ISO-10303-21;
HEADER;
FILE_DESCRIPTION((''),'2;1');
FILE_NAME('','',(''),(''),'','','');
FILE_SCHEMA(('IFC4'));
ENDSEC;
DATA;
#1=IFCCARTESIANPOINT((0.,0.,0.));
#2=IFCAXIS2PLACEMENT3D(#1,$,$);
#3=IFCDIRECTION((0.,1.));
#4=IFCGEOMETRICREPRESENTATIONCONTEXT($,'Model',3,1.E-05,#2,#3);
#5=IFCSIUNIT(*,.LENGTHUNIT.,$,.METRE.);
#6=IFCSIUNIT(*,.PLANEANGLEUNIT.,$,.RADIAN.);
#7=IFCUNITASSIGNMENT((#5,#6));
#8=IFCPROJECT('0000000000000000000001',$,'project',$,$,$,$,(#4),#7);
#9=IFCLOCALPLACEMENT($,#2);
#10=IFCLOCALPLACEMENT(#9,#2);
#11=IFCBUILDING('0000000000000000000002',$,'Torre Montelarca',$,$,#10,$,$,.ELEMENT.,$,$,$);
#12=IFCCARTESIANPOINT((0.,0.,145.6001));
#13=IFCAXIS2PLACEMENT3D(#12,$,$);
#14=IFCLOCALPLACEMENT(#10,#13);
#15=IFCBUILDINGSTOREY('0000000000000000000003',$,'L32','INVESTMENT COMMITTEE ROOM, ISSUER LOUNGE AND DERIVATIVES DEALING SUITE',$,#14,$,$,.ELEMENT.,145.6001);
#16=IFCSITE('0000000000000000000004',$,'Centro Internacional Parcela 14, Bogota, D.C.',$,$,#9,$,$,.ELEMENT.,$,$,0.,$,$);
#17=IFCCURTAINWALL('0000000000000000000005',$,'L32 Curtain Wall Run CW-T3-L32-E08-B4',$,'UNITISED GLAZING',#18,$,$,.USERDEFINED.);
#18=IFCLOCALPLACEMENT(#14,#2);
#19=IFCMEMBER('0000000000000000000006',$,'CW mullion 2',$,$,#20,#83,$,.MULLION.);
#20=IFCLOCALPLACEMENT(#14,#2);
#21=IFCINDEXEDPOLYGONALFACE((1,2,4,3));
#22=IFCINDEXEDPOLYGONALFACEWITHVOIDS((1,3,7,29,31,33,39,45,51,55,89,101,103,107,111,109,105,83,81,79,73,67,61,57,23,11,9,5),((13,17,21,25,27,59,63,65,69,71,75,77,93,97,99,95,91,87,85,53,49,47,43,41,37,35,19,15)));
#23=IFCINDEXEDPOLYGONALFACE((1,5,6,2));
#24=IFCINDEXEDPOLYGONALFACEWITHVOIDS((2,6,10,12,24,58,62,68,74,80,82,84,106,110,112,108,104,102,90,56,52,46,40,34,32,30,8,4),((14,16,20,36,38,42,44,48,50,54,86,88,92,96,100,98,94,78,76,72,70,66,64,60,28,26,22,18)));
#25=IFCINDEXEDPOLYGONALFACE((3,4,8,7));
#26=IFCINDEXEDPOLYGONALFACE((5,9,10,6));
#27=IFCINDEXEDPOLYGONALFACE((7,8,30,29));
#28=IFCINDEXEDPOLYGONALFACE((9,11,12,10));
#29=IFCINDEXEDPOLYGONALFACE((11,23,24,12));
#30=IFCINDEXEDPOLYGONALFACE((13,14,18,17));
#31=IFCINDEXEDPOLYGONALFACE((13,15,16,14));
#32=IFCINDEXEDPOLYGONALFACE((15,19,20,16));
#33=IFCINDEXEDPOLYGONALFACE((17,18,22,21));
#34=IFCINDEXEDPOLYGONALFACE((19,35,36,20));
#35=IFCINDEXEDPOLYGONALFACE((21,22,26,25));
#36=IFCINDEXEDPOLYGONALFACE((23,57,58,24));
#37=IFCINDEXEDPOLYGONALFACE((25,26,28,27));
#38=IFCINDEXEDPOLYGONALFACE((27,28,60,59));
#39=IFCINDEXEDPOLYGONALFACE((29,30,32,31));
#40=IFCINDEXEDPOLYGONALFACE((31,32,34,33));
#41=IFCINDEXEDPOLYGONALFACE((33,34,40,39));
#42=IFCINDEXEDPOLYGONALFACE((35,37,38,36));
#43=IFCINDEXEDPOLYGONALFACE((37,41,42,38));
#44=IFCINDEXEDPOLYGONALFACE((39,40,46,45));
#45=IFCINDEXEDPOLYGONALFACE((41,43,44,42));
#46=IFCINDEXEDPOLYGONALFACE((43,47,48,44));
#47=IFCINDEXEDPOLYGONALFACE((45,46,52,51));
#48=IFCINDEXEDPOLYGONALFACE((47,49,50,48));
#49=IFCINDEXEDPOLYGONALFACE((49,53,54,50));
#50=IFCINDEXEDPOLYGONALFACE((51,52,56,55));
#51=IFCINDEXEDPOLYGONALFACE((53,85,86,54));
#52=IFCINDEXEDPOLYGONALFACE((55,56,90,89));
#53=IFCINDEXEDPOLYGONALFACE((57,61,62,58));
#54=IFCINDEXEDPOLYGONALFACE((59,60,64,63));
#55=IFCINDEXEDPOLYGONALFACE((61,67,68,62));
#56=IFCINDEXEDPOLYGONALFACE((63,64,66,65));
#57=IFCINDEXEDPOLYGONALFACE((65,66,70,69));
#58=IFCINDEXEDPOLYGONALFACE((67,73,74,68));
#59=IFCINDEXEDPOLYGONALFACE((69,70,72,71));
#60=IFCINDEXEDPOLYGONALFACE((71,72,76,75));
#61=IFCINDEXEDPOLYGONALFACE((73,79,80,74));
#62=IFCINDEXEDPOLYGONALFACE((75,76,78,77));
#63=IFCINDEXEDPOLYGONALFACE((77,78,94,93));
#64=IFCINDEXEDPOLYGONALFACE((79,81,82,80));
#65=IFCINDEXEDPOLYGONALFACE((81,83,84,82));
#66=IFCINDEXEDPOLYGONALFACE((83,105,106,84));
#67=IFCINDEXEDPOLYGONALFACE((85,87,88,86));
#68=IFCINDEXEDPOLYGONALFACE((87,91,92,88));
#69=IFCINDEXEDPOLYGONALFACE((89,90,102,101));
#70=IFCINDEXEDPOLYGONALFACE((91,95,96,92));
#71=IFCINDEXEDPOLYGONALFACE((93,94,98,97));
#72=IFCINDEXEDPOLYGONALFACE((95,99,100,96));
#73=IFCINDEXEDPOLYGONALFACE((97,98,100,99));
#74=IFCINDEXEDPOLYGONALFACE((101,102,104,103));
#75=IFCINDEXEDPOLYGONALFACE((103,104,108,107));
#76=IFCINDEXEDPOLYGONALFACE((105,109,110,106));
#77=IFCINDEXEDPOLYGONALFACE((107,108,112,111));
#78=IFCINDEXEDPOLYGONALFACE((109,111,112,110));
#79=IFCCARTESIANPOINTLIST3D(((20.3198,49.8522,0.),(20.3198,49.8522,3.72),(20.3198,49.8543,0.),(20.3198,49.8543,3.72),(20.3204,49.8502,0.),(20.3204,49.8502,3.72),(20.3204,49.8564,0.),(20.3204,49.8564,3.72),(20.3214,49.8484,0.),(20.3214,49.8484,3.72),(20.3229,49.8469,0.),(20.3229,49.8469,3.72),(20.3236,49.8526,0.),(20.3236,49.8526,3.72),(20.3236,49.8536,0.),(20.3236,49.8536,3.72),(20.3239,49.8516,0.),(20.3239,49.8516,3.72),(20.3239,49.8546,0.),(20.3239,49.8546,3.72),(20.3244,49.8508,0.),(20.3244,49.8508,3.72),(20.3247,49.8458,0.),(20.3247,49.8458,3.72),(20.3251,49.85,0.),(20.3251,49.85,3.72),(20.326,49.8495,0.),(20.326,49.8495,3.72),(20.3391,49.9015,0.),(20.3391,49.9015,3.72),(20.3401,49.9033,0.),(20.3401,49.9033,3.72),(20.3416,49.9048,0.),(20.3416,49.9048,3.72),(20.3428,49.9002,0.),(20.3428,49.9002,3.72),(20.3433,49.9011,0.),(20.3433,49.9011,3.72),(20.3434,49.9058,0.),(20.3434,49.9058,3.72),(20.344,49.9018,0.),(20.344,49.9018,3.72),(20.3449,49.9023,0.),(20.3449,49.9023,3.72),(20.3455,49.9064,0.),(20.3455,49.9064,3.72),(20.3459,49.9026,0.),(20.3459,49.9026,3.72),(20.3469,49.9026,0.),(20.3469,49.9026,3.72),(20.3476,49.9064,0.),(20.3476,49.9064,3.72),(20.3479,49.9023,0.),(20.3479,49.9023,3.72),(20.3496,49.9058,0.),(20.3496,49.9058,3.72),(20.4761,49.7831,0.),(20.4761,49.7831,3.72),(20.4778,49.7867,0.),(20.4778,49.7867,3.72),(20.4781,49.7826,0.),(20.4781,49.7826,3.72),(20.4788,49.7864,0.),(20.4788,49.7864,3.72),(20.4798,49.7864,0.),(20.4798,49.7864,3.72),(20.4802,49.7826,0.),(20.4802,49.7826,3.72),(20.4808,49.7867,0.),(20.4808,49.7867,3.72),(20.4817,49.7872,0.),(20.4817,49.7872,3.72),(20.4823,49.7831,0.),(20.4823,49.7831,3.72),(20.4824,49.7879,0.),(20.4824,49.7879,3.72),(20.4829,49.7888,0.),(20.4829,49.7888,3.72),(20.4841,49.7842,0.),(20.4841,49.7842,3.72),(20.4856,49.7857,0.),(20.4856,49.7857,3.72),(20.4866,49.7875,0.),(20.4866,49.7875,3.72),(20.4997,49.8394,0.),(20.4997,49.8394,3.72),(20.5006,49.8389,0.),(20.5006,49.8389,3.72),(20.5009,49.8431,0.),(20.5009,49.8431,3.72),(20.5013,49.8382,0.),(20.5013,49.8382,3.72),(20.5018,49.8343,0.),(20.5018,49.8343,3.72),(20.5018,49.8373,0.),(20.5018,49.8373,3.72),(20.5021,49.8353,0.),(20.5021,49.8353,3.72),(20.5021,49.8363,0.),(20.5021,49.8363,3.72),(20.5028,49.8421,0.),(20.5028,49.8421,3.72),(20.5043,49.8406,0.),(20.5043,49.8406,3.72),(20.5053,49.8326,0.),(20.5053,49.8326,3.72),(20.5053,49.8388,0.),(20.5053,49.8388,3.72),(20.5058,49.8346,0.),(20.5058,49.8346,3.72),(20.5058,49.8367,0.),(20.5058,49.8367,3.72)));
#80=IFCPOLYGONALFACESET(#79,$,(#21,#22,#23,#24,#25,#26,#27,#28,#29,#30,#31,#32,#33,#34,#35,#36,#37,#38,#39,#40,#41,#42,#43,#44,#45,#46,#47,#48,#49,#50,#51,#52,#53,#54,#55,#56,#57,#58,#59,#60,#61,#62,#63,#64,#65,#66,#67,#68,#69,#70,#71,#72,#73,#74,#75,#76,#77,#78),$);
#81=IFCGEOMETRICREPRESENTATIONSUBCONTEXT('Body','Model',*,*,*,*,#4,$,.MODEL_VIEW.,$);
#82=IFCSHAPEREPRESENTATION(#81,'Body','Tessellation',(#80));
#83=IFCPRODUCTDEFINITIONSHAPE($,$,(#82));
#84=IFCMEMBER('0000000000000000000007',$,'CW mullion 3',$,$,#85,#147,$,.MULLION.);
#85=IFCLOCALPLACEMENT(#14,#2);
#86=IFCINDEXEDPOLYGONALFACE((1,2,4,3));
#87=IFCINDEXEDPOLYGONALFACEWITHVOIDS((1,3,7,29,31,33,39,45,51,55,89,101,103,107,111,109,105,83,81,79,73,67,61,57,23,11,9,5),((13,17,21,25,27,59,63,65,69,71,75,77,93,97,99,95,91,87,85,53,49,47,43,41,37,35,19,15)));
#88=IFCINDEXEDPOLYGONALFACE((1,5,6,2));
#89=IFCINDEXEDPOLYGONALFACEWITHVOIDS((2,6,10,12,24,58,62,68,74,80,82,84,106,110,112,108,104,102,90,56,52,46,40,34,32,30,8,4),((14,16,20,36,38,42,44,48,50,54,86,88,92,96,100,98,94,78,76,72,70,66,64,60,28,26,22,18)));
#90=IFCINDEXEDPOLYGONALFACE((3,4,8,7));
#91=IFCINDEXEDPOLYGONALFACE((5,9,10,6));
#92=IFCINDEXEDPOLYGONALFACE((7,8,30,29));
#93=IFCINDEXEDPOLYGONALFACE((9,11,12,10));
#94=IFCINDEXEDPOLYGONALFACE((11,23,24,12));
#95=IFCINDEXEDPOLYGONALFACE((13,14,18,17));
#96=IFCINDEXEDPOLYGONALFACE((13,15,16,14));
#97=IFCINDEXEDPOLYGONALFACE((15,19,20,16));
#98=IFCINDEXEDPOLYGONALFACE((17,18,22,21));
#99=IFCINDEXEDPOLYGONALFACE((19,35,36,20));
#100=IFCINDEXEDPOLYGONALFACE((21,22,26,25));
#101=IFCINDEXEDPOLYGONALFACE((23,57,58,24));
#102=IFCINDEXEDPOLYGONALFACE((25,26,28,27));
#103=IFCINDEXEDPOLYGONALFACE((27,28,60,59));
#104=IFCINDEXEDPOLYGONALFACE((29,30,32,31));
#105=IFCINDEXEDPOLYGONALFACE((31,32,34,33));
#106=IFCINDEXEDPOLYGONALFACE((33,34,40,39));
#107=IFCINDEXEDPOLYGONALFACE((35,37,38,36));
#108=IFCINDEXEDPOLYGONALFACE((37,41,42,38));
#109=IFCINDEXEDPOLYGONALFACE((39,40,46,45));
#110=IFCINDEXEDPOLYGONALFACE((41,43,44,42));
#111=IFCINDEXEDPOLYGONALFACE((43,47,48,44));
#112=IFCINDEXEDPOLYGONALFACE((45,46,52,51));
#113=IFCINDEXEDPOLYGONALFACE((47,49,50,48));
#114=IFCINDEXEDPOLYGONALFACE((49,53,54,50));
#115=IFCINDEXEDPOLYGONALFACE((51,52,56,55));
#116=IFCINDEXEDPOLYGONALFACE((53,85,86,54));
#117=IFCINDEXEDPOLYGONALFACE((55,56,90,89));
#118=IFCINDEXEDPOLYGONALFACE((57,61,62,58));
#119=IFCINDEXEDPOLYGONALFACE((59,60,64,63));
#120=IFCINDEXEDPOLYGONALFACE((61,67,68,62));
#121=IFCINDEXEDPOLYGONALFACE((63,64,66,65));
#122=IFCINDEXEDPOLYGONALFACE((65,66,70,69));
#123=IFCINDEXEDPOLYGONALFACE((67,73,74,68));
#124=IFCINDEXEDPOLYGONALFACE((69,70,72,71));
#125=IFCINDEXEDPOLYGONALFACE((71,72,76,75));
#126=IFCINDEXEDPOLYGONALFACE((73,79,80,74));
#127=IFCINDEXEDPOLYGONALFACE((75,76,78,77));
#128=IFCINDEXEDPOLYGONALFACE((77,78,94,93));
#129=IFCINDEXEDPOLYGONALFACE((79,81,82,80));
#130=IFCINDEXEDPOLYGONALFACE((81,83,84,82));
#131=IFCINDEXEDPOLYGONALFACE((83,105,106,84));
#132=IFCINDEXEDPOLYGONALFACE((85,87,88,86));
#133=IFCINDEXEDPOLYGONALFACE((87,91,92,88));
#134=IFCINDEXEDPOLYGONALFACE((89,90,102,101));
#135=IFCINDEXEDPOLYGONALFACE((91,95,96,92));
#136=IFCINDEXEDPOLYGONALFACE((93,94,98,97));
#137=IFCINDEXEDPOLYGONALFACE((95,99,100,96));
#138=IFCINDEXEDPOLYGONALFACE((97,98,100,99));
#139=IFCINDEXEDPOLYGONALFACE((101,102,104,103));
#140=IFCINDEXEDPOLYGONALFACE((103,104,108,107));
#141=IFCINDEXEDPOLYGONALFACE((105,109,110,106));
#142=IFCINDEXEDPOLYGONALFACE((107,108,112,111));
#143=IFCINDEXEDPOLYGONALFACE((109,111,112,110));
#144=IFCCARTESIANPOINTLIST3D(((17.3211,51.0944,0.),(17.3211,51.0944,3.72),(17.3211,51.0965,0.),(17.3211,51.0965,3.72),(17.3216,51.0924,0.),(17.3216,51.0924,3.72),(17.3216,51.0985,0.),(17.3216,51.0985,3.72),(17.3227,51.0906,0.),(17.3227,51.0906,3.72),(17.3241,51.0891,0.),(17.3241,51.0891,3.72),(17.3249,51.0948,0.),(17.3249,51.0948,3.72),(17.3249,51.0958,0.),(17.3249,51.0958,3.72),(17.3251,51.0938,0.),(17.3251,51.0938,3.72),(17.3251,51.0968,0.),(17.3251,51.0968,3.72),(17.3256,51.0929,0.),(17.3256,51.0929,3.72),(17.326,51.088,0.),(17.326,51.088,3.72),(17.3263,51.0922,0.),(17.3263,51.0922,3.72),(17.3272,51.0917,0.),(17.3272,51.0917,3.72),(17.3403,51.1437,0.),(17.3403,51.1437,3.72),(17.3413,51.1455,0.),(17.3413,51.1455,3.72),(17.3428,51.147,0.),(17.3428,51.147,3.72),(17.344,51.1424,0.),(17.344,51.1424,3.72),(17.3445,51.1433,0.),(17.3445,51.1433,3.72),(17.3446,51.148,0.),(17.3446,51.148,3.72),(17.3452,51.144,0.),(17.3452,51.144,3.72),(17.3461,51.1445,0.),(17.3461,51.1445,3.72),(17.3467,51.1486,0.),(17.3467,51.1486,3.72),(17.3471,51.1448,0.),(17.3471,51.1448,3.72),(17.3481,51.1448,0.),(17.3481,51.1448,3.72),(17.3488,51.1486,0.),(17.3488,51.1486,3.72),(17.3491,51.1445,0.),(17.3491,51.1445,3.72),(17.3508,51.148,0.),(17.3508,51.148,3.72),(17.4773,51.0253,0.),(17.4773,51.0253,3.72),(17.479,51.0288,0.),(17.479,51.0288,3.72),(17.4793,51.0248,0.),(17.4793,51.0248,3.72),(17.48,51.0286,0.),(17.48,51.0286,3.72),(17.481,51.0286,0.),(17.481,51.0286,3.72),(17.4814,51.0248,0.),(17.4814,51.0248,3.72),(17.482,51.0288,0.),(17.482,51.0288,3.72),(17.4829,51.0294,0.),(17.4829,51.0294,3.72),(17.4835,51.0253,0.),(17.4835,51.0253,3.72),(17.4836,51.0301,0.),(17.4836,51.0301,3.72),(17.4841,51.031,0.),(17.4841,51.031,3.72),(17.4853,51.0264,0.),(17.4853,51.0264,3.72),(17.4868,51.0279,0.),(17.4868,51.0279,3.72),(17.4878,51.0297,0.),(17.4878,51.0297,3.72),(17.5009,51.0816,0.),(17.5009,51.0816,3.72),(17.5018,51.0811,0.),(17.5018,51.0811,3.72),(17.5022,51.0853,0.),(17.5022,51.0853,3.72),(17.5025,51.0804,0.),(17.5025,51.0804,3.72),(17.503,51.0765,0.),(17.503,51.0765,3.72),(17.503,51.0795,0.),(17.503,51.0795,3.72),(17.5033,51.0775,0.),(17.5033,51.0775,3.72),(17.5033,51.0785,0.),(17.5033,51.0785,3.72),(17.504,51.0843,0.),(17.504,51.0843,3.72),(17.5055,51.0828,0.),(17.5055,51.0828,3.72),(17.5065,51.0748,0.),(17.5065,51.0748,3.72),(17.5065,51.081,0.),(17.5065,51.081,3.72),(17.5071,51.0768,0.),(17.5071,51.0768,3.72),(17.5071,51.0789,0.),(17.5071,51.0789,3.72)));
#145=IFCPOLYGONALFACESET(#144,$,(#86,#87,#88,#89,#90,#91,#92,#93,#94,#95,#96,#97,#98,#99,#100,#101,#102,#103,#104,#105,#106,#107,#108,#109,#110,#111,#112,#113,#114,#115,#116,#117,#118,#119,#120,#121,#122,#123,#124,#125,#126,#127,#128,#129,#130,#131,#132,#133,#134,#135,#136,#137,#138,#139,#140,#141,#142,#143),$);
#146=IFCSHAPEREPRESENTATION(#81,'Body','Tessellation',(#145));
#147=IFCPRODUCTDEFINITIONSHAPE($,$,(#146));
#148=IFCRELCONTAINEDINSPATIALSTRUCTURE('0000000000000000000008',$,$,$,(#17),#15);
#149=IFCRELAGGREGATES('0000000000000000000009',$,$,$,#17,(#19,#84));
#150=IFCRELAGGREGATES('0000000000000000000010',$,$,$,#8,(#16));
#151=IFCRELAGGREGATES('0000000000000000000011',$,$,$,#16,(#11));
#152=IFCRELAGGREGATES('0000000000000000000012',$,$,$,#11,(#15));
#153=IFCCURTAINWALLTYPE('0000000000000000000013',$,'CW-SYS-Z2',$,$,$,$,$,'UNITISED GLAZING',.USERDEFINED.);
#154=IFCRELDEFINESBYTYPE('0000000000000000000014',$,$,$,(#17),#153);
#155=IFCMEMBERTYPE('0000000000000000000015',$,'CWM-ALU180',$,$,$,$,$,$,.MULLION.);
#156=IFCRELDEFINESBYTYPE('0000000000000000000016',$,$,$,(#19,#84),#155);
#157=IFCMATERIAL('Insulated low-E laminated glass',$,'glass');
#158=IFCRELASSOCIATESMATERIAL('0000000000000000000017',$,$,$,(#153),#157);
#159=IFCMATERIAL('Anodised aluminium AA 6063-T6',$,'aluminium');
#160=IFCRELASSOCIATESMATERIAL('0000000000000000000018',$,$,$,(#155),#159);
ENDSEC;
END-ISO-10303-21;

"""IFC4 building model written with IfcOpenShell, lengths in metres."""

from ifc_helpers import new_model, si_unit, direction, frame, origin, origin_2d, place, context, subcontext, project, spatial, hollow_rectangle, extrude, source, transform, mapped, material, material_profile, profile_set, type_object, element, aggregate, save


model = new_model("IFC4")

# Units and contexts
model_context = context("Model", 3, precision=1e-05, world=origin(), true_north=direction((0.0, 1.0)))
body_context = subcontext(model_context, "Body", "Model", "MODEL_VIEW")
ifc_project = project(units=[si_unit("LENGTHUNIT", "METRE"), si_unit("PLANEANGLEUNIT", "RADIAN")], contexts=[model_context])

# Site, building, storey
site_placement = place(None, origin())
site = spatial("IfcSite", under=ifc_project, at=site_placement, Name="Centro Internacional Parcela 14, Bogota, D.C.", CompositionType="ELEMENT", RefElevation=0.0)
building_placement = place(site_placement, origin())
building = spatial("IfcBuilding", under=site, at=building_placement, Name="Torre Montelarca", CompositionType="ELEMENT")
storey_placement = place(building_placement, frame((0.0, 0.0, 145.6001)))
storey = spatial("IfcBuildingStorey", under=building, at=storey_placement, Name="L32", Description="INVESTMENT COMMITTEE ROOM, ISSUER LOUNGE AND DERIVATIVES DEALING SUITE", CompositionType="ELEMENT", Elevation=145.6001)

# Curtain wall, members
ifc_material_1 = material(Name="Insulated low-E laminated glass", Category="glass")
curtain_wall_type = type_object("IfcCurtainWallType", Name="CW-SYS-Z2", ElementType="UNITISED GLAZING", PredefinedType="USERDEFINED", material=ifc_material_1)
ifc_material_2 = material(Name="Anodised aluminium AA 6063-T6", Category="aluminium")
curtain_wall_1_placement = place(storey_placement, origin())
curtain_wall_1 = element("IfcCurtainWall", 1, at=curtain_wall_1_placement, inside=storey, type_object=curtain_wall_type, Name="L32 Curtain Wall Run CW-T3-L32-E08-B4", ObjectType="UNITISED GLAZING", PredefinedType="USERDEFINED")
ifc_material_profile_1 = material_profile(ifc_material_2, hollow_rectangle(XDim=0.0649, YDim=0.1799, WallThickness=0.0039, InnerFilletRadius=0.0039, OuterFilletRadius=0.0081, at=origin_2d()), Name="ALU65X180X4", Category="aluminium")
ifc_profile_set_1 = profile_set([ifc_material_profile_1], Name="Anodised aluminium AA 6063-T6")
member_type_1 = type_object("IfcMemberType", Name="CWM-ALU180", PredefinedType="MULLION", material=ifc_profile_set_1)
shared_shape_1 = source(origin(), body_context, "Body", "SweptSolid", [
    extrude(hollow_rectangle(XDim=0.0649, YDim=0.1799, WallThickness=0.0039, InnerFilletRadius=0.0039, OuterFilletRadius=0.0081, at=origin_2d()), origin(), (0.0, 0.0, 1.0), 3.72),
])
member_1_placement = place(storey_placement, frame((20.4128, 49.8445, 0.0), z_axis=(0.0, 0.0, 1.0), x_axis=(-0.382684, -0.923879, 0.0)))
member_1 = element("IfcMember", 2, at=member_1_placement, type_object=member_type_1, Name="CW mullion 2", PredefinedType="MULLION", context=body_context, shape_type="MappedRepresentation", body=[
    mapped(shared_shape_1, transform((0.0, 0.0, 0.0), scale=1.0)),
])
member_2_placement = place(storey_placement, frame((17.4141, 51.0867, 0.0), z_axis=(0.0, 0.0, 1.0), x_axis=(-0.382684, -0.923879, 0.0)))
member_2 = element("IfcMember", 3, at=member_2_placement, type_object=member_type_1, Name="CW mullion 3", PredefinedType="MULLION", context=body_context, shape_type="MappedRepresentation", body=[
    mapped(shared_shape_1, transform((0.0, 0.0, 0.0), scale=1.0)),
])

aggregate(curtain_wall_1, [member_1, member_2])

save(model, "model.ifc")
